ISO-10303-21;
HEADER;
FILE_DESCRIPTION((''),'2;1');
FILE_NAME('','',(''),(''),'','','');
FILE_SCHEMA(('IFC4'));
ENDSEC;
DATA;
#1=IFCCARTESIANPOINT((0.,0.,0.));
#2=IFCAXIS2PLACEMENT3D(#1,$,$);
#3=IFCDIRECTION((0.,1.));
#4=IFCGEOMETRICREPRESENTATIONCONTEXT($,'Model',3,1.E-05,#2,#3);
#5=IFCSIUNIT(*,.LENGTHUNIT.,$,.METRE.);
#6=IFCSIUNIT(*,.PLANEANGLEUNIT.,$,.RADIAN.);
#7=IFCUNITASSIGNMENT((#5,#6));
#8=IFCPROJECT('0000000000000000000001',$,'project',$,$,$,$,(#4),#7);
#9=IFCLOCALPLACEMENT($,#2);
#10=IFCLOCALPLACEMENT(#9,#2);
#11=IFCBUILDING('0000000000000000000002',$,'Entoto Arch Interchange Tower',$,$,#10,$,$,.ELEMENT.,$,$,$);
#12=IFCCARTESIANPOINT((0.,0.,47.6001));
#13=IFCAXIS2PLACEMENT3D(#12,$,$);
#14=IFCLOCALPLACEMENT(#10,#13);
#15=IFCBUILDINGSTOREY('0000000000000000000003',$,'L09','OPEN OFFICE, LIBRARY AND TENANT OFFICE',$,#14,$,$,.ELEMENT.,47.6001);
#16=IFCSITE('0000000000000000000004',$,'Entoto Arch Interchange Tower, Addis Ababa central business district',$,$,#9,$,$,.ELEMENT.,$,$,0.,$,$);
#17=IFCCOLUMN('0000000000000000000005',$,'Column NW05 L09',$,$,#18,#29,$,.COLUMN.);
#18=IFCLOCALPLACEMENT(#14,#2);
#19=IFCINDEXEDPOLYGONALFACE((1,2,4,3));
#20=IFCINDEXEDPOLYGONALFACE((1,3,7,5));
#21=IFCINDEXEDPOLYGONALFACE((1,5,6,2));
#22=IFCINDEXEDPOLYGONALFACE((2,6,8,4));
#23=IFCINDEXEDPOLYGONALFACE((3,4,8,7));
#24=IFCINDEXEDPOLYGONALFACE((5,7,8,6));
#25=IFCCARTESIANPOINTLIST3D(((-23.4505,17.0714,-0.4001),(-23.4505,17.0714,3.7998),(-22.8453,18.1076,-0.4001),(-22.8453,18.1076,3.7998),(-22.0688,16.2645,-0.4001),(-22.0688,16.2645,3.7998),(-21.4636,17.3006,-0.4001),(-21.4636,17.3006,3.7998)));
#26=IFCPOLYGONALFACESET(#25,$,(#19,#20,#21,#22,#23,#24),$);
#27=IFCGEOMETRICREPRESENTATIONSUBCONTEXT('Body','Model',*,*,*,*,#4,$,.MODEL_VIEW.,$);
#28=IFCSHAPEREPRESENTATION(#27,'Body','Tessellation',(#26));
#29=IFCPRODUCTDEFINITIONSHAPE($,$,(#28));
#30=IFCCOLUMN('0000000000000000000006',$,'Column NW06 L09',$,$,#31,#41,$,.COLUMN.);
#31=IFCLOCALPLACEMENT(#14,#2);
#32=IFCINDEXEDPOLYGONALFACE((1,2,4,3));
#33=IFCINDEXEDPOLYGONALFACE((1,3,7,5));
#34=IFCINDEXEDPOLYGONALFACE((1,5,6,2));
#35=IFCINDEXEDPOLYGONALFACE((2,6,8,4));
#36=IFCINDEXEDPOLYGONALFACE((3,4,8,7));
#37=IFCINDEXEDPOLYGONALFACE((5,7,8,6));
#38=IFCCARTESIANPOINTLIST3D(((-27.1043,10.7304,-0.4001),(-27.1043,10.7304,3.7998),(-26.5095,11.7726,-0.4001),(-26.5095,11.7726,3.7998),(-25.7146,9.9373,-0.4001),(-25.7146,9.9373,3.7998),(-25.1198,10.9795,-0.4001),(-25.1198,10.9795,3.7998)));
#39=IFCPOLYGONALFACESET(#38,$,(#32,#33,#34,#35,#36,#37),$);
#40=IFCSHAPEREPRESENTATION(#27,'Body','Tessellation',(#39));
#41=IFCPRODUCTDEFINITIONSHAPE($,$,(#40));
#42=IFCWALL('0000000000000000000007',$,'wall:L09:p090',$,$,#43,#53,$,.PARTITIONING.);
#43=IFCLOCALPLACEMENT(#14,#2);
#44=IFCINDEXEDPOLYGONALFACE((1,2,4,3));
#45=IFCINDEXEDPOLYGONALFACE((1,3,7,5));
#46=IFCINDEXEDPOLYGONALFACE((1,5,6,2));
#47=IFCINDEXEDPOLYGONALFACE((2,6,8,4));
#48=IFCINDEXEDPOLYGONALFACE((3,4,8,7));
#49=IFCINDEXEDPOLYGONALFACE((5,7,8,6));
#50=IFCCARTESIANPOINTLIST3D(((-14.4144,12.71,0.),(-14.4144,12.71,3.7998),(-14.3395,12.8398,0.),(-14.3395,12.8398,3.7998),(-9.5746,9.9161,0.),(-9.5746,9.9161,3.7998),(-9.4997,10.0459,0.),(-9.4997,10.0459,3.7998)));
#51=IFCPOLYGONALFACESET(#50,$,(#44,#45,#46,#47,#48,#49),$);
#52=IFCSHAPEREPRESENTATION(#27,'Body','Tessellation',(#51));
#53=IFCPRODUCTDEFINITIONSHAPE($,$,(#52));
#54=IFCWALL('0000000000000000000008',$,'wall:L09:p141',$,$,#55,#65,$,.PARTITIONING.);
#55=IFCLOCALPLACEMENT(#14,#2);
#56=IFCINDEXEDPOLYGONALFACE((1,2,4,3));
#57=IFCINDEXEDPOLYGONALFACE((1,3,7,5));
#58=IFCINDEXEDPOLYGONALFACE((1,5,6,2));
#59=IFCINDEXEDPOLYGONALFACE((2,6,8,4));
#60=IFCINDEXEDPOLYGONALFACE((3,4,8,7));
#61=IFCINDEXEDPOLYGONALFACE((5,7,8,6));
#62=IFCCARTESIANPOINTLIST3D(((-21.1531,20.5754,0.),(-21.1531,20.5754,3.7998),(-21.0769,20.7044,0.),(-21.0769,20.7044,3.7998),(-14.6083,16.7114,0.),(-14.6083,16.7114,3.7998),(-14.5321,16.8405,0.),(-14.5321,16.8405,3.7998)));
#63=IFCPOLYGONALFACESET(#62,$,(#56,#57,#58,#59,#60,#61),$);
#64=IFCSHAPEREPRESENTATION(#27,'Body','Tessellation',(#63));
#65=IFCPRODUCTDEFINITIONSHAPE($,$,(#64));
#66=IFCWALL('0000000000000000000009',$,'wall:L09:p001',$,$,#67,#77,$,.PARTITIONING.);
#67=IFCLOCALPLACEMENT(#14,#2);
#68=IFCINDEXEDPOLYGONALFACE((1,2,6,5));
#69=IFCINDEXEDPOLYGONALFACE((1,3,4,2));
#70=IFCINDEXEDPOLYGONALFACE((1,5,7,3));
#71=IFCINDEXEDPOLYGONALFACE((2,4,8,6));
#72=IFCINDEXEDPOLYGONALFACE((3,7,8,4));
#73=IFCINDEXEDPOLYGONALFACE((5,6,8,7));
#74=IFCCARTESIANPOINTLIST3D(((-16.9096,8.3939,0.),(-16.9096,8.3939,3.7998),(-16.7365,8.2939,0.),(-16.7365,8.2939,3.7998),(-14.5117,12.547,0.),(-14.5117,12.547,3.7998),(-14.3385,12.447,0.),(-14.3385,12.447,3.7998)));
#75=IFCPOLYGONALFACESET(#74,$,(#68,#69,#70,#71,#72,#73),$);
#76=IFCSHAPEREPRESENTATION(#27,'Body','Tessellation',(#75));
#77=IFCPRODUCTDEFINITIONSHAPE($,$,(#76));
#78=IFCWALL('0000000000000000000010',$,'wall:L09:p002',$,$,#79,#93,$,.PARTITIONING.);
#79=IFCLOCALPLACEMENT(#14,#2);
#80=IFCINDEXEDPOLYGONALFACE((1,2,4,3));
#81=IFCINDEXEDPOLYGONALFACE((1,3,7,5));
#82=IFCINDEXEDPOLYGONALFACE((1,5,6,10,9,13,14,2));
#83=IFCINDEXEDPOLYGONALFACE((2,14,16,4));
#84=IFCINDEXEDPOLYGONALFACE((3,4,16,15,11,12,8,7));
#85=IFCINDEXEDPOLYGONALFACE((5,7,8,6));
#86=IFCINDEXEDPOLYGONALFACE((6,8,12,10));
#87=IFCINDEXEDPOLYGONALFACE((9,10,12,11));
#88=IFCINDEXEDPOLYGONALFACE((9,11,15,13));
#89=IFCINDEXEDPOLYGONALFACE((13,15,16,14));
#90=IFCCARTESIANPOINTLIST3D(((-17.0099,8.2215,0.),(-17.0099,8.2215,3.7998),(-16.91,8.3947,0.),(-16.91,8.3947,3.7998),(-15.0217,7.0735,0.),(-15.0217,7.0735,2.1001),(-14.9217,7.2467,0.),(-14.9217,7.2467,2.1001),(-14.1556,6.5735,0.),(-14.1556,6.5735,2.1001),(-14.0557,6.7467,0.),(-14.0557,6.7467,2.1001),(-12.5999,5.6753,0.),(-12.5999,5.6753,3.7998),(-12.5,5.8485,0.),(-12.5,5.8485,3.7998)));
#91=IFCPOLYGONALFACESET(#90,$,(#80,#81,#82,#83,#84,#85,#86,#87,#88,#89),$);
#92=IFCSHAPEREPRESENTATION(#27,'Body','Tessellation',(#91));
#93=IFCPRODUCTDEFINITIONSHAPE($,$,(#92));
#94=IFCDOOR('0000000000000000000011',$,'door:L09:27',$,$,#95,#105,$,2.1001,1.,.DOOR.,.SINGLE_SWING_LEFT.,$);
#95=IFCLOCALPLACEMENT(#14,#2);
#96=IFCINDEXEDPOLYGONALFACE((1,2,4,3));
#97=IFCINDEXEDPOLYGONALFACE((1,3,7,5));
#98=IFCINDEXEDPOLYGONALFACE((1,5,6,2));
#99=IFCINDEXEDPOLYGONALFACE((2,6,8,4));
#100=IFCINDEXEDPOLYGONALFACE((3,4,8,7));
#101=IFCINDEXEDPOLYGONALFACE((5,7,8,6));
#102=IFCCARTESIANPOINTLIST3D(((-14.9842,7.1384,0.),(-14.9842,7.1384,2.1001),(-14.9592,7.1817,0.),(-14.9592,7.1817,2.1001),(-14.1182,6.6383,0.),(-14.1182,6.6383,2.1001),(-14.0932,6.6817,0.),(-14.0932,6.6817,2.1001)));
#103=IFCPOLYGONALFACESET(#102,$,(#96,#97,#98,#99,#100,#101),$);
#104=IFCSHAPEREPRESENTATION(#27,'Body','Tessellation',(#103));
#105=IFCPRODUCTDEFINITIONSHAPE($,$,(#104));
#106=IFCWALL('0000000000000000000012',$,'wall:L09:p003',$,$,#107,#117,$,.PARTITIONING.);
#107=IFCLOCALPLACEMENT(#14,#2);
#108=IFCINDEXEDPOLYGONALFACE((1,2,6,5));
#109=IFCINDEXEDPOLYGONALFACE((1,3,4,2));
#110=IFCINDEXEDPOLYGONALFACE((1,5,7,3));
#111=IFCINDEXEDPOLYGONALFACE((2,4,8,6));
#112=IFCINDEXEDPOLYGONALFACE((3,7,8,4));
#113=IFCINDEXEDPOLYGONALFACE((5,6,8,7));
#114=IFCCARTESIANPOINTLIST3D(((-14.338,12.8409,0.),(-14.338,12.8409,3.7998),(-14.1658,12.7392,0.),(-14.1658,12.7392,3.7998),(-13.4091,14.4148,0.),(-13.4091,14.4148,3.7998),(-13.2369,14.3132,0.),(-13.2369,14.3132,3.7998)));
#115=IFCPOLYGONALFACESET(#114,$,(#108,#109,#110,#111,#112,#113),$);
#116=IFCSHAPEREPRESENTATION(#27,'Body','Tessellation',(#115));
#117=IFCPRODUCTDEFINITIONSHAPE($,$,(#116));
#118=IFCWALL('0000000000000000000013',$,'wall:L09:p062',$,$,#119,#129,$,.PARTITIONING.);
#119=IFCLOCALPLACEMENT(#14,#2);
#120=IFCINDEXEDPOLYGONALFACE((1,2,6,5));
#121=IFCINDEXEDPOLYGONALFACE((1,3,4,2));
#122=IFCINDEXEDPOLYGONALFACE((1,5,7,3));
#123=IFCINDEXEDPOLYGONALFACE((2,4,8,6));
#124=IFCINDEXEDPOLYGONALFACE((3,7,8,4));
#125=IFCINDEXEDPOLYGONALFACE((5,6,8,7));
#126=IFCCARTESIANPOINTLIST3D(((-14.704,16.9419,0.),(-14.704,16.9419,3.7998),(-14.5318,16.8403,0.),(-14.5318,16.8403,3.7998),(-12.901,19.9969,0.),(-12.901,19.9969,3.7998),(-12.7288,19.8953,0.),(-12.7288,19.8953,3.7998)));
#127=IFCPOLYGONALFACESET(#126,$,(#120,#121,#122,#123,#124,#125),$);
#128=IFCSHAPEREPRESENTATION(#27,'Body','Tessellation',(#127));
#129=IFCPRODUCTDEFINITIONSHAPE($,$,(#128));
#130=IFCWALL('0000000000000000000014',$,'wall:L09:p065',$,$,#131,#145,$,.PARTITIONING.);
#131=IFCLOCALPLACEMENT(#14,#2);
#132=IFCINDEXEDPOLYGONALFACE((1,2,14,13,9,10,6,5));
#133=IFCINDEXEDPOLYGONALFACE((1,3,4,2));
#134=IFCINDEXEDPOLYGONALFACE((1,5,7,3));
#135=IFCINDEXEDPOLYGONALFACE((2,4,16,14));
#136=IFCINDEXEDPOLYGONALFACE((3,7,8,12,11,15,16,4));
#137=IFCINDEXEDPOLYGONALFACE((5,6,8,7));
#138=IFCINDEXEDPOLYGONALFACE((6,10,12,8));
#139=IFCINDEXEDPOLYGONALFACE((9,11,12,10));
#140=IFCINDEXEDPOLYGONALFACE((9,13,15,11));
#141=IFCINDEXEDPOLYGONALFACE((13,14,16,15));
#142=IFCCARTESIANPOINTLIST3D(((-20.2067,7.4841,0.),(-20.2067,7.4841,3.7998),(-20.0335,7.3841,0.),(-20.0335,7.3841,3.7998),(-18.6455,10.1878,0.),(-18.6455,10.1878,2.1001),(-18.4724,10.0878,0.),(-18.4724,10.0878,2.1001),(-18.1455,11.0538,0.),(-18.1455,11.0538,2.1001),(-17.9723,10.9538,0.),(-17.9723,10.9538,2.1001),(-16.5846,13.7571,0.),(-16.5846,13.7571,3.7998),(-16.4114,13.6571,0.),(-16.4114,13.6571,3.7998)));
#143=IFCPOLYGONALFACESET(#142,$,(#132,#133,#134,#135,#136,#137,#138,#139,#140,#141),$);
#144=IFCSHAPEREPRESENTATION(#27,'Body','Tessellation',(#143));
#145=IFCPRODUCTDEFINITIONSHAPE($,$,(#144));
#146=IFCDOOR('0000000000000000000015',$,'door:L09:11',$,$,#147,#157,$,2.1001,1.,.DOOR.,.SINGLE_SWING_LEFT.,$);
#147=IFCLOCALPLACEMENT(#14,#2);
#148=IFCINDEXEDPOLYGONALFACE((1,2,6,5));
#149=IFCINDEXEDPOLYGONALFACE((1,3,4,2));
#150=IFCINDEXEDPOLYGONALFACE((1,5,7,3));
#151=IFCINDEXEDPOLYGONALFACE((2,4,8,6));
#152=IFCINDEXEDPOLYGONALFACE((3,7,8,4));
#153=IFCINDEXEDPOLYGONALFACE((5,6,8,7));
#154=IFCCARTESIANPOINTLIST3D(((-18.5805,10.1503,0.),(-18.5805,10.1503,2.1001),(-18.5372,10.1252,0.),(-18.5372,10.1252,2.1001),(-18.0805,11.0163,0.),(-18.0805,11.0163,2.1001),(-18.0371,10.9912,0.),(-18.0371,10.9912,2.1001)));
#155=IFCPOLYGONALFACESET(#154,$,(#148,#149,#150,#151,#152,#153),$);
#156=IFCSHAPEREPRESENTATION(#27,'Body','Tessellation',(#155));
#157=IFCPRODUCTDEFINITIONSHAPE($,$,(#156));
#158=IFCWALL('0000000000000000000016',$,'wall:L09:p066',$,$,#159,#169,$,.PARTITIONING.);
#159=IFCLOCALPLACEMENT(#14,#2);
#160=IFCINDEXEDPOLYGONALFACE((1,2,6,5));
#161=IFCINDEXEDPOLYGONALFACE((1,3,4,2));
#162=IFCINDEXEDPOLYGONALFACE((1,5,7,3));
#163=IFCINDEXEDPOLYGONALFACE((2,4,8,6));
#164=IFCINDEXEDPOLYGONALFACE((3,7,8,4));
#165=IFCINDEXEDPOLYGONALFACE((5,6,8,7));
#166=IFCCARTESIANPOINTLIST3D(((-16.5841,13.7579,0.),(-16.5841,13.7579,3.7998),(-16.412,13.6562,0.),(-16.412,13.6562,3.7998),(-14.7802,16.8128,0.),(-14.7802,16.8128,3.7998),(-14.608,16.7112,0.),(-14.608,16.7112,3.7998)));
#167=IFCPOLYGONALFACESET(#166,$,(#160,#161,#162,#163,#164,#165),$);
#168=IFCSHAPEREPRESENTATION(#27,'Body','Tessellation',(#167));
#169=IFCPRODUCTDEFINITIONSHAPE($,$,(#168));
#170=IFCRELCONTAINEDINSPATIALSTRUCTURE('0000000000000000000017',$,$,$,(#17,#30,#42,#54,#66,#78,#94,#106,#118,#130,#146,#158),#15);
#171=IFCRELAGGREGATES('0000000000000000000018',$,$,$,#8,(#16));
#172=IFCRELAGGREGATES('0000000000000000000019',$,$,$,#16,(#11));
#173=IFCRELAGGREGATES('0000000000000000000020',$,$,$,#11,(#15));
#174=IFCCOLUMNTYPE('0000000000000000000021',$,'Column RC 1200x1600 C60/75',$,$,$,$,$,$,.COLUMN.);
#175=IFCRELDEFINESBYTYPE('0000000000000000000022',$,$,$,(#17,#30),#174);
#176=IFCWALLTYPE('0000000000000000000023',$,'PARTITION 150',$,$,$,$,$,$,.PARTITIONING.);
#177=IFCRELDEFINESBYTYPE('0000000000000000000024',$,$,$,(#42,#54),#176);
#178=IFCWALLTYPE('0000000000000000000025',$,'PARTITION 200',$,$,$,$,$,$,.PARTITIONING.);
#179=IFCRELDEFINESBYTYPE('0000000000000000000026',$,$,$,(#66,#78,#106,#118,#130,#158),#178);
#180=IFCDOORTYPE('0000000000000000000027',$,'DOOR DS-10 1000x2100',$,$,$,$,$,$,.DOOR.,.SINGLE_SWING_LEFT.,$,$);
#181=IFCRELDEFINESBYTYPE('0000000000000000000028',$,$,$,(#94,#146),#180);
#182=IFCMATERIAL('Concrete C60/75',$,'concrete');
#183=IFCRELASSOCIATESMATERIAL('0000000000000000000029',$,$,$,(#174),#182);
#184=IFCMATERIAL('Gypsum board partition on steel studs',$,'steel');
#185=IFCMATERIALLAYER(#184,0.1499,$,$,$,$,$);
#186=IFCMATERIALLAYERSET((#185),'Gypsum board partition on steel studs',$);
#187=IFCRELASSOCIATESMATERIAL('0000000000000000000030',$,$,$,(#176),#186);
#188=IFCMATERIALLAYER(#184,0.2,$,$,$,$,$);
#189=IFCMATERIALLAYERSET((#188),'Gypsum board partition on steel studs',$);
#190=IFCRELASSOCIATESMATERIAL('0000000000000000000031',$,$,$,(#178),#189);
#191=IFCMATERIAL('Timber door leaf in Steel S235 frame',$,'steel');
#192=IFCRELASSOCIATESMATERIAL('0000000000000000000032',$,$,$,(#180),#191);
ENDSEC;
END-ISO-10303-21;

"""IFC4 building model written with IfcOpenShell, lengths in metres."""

from ifc_helpers import new_model, si_unit, direction, frame, frame_2d, origin, origin_2d, place, context, subcontext, project, spatial, rectangle, extrude, material, layer, layer_set, material_profile, profile_set, type_object, element, fill, save


model = new_model("IFC4")

# Units and contexts
model_context = context("Model", 3, precision=1e-05, world=origin(), true_north=direction((0.0, 1.0)))
body_context = subcontext(model_context, "Body", "Model", "MODEL_VIEW")
ifc_project = project(units=[si_unit("LENGTHUNIT", "METRE"), si_unit("PLANEANGLEUNIT", "RADIAN")], contexts=[model_context])

# Site, building, storey
site_placement = place(None, origin())
site = spatial("IfcSite", under=ifc_project, at=site_placement, Name="Entoto Arch Interchange Tower, Addis Ababa central business district", CompositionType="ELEMENT", RefElevation=0.0)
building_placement = place(site_placement, origin())
building = spatial("IfcBuilding", under=site, at=building_placement, Name="Entoto Arch Interchange Tower", CompositionType="ELEMENT")
storey_placement = place(building_placement, frame((0.0, 0.0, 47.6001)))
storey = spatial("IfcBuildingStorey", under=building, at=storey_placement, Name="L09", Description="OPEN OFFICE, LIBRARY AND TENANT OFFICE", CompositionType="ELEMENT", Elevation=47.6001)

# Columns
ifc_material_1 = material(Name="Concrete C60/75", Category="concrete")
ifc_material_profile = material_profile(ifc_material_1, rectangle(XDim=1.2, YDim=1.6001, at=origin_2d()))
ifc_profile_set = profile_set([ifc_material_profile], Name="Concrete C60/75")
column_type = type_object("IfcColumnType", Name="Column RC 1200x1600 C60/75", PredefinedType="COLUMN", material=ifc_profile_set)
for number, where, z_axis, x_axis, name in (
    (1, (-22.457, 17.186, -0.4001), (0.0, 0.0, 1.0), (0.504332, 0.86351, 0.0), "Column NW05 L09"),
    (2, (-26.1121, 10.855, -0.4001), (0.0, 0.0, 1.0), (0.495656, 0.868519, 0.0), "Column NW06 L09"),
):
    element("IfcColumn", number, at=place(storey_placement, frame(where, z_axis=z_axis, x_axis=x_axis)), inside=storey, type_object=column_type, Name=name, PredefinedType="COLUMN", context=body_context, shape_type="SweptSolid", body=[
        extrude(rectangle(XDim=1.2, YDim=1.6001, at=origin_2d()), origin(), (0.0, 0.0, 1.0), 4.2),
    ])

# Walls
ifc_material_2 = material(Name="Gypsum board partition on steel studs", Category="steel")
ifc_layer_1 = layer(ifc_material_2, 0.1499)
ifc_layer_set_1 = layer_set([ifc_layer_1], Name="Gypsum board partition on steel studs")
wall_type_1 = type_object("IfcWallType", Name="PARTITION 150", PredefinedType="PARTITIONING", material=ifc_layer_set_1)
wall_1_placement = place(storey_placement, frame((-14.377, 12.7749, 0.0), z_axis=(0.0, 0.0, 1.0), x_axis=(0.866052, -0.499954, 0.0)))
element("IfcWall", 3, at=wall_1_placement, inside=storey, type_object=wall_type_1, Name="wall:L09:p090", PredefinedType="PARTITIONING", context=body_context, shape_type="SweptSolid", body=[
    extrude(rectangle(XDim=5.5884, YDim=0.1499, at=frame_2d((2.7942, 0.0))), origin(), (0.0, 0.0, 1.0), 3.7998),
])
wall_2_placement = place(storey_placement, frame((-14.5701, 16.7759, 0.0), z_axis=(0.0, 0.0, 1.0), x_axis=(-0.861125, 0.508394, 0.0)))
element("IfcWall", 4, at=wall_2_placement, inside=storey, type_object=wall_type_1, Name="wall:L09:p141", PredefinedType="PARTITIONING", context=body_context, shape_type="SweptSolid", body=[
    extrude(rectangle(XDim=7.6003, YDim=0.1499, at=frame_2d((3.8003, 0.0))), origin(), (0.0, 0.0, 1.0), 3.7998),
])
ifc_layer_2 = layer(ifc_material_2, 0.2)
ifc_layer_set_2 = layer_set([ifc_layer_2], Name="Gypsum board partition on steel studs")
wall_type_2 = type_object("IfcWallType", Name="PARTITION 200", PredefinedType="PARTITIONING", material=ifc_layer_set_2)
wall_3_placement = place(storey_placement, frame((-14.425, 12.4971, 0.0), z_axis=(0.0, 0.0, 1.0), x_axis=(-0.500027, -0.86601, 0.0)))
element("IfcWall", 5, at=wall_3_placement, inside=storey, type_object=wall_type_2, Name="wall:L09:p001", PredefinedType="PARTITIONING", context=body_context, shape_type="SweptSolid", body=[
    extrude(rectangle(XDim=4.7957, YDim=0.2, at=frame_2d((2.3979, 0.0))), origin(), (0.0, 0.0, 1.0), 3.7998),
])

# Wall, opening, door
wall_4_placement = place(storey_placement, frame((-16.96, 8.3081, 0.0), z_axis=(0.0, 0.0, 1.0), x_axis=(0.866019, -0.500012, 0.0)))
wall_4 = element("IfcWall", 6, at=wall_4_placement, inside=storey, type_object=wall_type_2, Name="wall:L09:p002", PredefinedType="PARTITIONING", context=body_context, shape_type="SweptSolid", body=[
    extrude(rectangle(XDim=5.0923, YDim=0.2, at=frame_2d((2.5461, 0.0))), origin(), (0.0, 0.0, 1.0), 3.7998),
])
opening_1_placement = place(wall_4_placement, frame((2.2959, 0.0, 0.0)))
opening_1 = element("IfcOpeningElement", 7, at=opening_1_placement, cuts=wall_4, PredefinedType="OPENING", context=body_context, shape_type="SweptSolid", body=[
    extrude(rectangle(XDim=1.0, YDim=2.1001, at=frame_2d((0.5, 1.05))), frame((0.0, 0.1099, 0.0), z_axis=(0.0, -1.0, 0.0), x_axis=(1.0, 0.0, 0.0)), (0.0, 0.0, 1.0), 0.22),
])
ifc_material_3 = material(Name="Timber door leaf in Steel S235 frame", Category="steel")
door_type = type_object("IfcDoorType", Name="DOOR DS-10 1000x2100", OperationType="SINGLE_SWING_LEFT", PredefinedType="DOOR", material=ifc_material_3)
door_1_placement = place(opening_1_placement, origin())
door_1 = element("IfcDoor", 8, at=door_1_placement, inside=storey, type_object=door_type, Name="door:L09:27", OperationType="SINGLE_SWING_LEFT", OverallHeight=2.1001, OverallWidth=1.0, PredefinedType="DOOR", context=body_context, shape_type="SweptSolid", body=[
    extrude(rectangle(XDim=1.0, YDim=2.1001, at=frame_2d((0.5, 1.05))), frame((0.0, 0.0249, 0.0), z_axis=(0.0, -1.0, 0.0), x_axis=(1.0, 0.0, 0.0)), (0.0, 0.0, 1.0), 0.05),
])
fill(opening_1, door_1)

# Walls
wall_5_placement = place(storey_placement, frame((-13.323, 14.364, 0.0), z_axis=(0.0, 0.0, 1.0), x_axis=(-0.508275, -0.861195, 0.0)))
element("IfcWall", 9, at=wall_5_placement, inside=storey, type_object=wall_type_2, Name="wall:L09:p003", PredefinedType="PARTITIONING", context=body_context, shape_type="SweptSolid", body=[
    extrude(rectangle(XDim=1.8276, YDim=0.2, at=frame_2d((0.9138, 0.0))), origin(), (0.0, 0.0, 1.0), 3.7998),
])
wall_6_placement = place(storey_placement, frame((-14.6179, 16.8911, 0.0), z_axis=(0.0, 0.0, 1.0), x_axis=(0.508268, 0.861199, 0.0)))
element("IfcWall", 10, at=wall_6_placement, inside=storey, type_object=wall_type_2, Name="wall:L09:p062", PredefinedType="PARTITIONING", context=body_context, shape_type="SweptSolid", body=[
    extrude(rectangle(XDim=3.5474, YDim=0.2, at=frame_2d((1.7737, 0.0))), origin(), (0.0, 0.0, 1.0), 3.7998),
])

# Wall, opening, door
wall_7_placement = place(storey_placement, frame((-20.1201, 7.4341, 0.0), z_axis=(0.0, 0.0, 1.0), x_axis=(0.500039, 0.866003, 0.0)))
wall_7 = element("IfcWall", 11, at=wall_7_placement, inside=storey, type_object=wall_type_2, Name="wall:L09:p065", PredefinedType="PARTITIONING", context=body_context, shape_type="SweptSolid", body=[
    extrude(rectangle(XDim=7.2437, YDim=0.2, at=frame_2d((3.6218, 0.0))), origin(), (0.0, 0.0, 1.0), 3.7998),
])
opening_2_placement = place(wall_7_placement, frame((3.1221, 0.0, 0.0)))
opening_2 = element("IfcOpeningElement", 12, at=opening_2_placement, cuts=wall_7, PredefinedType="OPENING", context=body_context, shape_type="SweptSolid", body=[
    extrude(rectangle(XDim=1.0, YDim=2.1001, at=frame_2d((0.5, 1.05))), frame((0.0, 0.1099, 0.0), z_axis=(0.0, -1.0, 0.0), x_axis=(1.0, 0.0, 0.0)), (0.0, 0.0, 1.0), 0.22),
])
door_2_placement = place(opening_2_placement, origin())
door_2 = element("IfcDoor", 13, at=door_2_placement, inside=storey, type_object=door_type, Name="door:L09:11", OperationType="SINGLE_SWING_LEFT", OverallHeight=2.1001, OverallWidth=1.0, PredefinedType="DOOR", context=body_context, shape_type="SweptSolid", body=[
    extrude(rectangle(XDim=1.0, YDim=2.1001, at=frame_2d((0.5, 1.05))), frame((0.0, 0.0249, 0.0), z_axis=(0.0, -1.0, 0.0), x_axis=(1.0, 0.0, 0.0)), (0.0, 0.0, 1.0), 0.05),
])
fill(opening_2, door_2)

# Wall
wall_8_placement = place(storey_placement, frame((-16.498, 13.707, 0.0), z_axis=(0.0, 0.0, 1.0), x_axis=(0.508472, 0.861079, 0.0)))
element("IfcWall", 14, at=wall_8_placement, inside=storey, type_object=wall_type_2, Name="wall:L09:p066", PredefinedType="PARTITIONING", context=body_context, shape_type="SweptSolid", body=[
    extrude(rectangle(XDim=3.5479, YDim=0.2, at=frame_2d((1.7739, 0.0))), origin(), (0.0, 0.0, 1.0), 3.7998),
])

save(model, "model.ifc")
